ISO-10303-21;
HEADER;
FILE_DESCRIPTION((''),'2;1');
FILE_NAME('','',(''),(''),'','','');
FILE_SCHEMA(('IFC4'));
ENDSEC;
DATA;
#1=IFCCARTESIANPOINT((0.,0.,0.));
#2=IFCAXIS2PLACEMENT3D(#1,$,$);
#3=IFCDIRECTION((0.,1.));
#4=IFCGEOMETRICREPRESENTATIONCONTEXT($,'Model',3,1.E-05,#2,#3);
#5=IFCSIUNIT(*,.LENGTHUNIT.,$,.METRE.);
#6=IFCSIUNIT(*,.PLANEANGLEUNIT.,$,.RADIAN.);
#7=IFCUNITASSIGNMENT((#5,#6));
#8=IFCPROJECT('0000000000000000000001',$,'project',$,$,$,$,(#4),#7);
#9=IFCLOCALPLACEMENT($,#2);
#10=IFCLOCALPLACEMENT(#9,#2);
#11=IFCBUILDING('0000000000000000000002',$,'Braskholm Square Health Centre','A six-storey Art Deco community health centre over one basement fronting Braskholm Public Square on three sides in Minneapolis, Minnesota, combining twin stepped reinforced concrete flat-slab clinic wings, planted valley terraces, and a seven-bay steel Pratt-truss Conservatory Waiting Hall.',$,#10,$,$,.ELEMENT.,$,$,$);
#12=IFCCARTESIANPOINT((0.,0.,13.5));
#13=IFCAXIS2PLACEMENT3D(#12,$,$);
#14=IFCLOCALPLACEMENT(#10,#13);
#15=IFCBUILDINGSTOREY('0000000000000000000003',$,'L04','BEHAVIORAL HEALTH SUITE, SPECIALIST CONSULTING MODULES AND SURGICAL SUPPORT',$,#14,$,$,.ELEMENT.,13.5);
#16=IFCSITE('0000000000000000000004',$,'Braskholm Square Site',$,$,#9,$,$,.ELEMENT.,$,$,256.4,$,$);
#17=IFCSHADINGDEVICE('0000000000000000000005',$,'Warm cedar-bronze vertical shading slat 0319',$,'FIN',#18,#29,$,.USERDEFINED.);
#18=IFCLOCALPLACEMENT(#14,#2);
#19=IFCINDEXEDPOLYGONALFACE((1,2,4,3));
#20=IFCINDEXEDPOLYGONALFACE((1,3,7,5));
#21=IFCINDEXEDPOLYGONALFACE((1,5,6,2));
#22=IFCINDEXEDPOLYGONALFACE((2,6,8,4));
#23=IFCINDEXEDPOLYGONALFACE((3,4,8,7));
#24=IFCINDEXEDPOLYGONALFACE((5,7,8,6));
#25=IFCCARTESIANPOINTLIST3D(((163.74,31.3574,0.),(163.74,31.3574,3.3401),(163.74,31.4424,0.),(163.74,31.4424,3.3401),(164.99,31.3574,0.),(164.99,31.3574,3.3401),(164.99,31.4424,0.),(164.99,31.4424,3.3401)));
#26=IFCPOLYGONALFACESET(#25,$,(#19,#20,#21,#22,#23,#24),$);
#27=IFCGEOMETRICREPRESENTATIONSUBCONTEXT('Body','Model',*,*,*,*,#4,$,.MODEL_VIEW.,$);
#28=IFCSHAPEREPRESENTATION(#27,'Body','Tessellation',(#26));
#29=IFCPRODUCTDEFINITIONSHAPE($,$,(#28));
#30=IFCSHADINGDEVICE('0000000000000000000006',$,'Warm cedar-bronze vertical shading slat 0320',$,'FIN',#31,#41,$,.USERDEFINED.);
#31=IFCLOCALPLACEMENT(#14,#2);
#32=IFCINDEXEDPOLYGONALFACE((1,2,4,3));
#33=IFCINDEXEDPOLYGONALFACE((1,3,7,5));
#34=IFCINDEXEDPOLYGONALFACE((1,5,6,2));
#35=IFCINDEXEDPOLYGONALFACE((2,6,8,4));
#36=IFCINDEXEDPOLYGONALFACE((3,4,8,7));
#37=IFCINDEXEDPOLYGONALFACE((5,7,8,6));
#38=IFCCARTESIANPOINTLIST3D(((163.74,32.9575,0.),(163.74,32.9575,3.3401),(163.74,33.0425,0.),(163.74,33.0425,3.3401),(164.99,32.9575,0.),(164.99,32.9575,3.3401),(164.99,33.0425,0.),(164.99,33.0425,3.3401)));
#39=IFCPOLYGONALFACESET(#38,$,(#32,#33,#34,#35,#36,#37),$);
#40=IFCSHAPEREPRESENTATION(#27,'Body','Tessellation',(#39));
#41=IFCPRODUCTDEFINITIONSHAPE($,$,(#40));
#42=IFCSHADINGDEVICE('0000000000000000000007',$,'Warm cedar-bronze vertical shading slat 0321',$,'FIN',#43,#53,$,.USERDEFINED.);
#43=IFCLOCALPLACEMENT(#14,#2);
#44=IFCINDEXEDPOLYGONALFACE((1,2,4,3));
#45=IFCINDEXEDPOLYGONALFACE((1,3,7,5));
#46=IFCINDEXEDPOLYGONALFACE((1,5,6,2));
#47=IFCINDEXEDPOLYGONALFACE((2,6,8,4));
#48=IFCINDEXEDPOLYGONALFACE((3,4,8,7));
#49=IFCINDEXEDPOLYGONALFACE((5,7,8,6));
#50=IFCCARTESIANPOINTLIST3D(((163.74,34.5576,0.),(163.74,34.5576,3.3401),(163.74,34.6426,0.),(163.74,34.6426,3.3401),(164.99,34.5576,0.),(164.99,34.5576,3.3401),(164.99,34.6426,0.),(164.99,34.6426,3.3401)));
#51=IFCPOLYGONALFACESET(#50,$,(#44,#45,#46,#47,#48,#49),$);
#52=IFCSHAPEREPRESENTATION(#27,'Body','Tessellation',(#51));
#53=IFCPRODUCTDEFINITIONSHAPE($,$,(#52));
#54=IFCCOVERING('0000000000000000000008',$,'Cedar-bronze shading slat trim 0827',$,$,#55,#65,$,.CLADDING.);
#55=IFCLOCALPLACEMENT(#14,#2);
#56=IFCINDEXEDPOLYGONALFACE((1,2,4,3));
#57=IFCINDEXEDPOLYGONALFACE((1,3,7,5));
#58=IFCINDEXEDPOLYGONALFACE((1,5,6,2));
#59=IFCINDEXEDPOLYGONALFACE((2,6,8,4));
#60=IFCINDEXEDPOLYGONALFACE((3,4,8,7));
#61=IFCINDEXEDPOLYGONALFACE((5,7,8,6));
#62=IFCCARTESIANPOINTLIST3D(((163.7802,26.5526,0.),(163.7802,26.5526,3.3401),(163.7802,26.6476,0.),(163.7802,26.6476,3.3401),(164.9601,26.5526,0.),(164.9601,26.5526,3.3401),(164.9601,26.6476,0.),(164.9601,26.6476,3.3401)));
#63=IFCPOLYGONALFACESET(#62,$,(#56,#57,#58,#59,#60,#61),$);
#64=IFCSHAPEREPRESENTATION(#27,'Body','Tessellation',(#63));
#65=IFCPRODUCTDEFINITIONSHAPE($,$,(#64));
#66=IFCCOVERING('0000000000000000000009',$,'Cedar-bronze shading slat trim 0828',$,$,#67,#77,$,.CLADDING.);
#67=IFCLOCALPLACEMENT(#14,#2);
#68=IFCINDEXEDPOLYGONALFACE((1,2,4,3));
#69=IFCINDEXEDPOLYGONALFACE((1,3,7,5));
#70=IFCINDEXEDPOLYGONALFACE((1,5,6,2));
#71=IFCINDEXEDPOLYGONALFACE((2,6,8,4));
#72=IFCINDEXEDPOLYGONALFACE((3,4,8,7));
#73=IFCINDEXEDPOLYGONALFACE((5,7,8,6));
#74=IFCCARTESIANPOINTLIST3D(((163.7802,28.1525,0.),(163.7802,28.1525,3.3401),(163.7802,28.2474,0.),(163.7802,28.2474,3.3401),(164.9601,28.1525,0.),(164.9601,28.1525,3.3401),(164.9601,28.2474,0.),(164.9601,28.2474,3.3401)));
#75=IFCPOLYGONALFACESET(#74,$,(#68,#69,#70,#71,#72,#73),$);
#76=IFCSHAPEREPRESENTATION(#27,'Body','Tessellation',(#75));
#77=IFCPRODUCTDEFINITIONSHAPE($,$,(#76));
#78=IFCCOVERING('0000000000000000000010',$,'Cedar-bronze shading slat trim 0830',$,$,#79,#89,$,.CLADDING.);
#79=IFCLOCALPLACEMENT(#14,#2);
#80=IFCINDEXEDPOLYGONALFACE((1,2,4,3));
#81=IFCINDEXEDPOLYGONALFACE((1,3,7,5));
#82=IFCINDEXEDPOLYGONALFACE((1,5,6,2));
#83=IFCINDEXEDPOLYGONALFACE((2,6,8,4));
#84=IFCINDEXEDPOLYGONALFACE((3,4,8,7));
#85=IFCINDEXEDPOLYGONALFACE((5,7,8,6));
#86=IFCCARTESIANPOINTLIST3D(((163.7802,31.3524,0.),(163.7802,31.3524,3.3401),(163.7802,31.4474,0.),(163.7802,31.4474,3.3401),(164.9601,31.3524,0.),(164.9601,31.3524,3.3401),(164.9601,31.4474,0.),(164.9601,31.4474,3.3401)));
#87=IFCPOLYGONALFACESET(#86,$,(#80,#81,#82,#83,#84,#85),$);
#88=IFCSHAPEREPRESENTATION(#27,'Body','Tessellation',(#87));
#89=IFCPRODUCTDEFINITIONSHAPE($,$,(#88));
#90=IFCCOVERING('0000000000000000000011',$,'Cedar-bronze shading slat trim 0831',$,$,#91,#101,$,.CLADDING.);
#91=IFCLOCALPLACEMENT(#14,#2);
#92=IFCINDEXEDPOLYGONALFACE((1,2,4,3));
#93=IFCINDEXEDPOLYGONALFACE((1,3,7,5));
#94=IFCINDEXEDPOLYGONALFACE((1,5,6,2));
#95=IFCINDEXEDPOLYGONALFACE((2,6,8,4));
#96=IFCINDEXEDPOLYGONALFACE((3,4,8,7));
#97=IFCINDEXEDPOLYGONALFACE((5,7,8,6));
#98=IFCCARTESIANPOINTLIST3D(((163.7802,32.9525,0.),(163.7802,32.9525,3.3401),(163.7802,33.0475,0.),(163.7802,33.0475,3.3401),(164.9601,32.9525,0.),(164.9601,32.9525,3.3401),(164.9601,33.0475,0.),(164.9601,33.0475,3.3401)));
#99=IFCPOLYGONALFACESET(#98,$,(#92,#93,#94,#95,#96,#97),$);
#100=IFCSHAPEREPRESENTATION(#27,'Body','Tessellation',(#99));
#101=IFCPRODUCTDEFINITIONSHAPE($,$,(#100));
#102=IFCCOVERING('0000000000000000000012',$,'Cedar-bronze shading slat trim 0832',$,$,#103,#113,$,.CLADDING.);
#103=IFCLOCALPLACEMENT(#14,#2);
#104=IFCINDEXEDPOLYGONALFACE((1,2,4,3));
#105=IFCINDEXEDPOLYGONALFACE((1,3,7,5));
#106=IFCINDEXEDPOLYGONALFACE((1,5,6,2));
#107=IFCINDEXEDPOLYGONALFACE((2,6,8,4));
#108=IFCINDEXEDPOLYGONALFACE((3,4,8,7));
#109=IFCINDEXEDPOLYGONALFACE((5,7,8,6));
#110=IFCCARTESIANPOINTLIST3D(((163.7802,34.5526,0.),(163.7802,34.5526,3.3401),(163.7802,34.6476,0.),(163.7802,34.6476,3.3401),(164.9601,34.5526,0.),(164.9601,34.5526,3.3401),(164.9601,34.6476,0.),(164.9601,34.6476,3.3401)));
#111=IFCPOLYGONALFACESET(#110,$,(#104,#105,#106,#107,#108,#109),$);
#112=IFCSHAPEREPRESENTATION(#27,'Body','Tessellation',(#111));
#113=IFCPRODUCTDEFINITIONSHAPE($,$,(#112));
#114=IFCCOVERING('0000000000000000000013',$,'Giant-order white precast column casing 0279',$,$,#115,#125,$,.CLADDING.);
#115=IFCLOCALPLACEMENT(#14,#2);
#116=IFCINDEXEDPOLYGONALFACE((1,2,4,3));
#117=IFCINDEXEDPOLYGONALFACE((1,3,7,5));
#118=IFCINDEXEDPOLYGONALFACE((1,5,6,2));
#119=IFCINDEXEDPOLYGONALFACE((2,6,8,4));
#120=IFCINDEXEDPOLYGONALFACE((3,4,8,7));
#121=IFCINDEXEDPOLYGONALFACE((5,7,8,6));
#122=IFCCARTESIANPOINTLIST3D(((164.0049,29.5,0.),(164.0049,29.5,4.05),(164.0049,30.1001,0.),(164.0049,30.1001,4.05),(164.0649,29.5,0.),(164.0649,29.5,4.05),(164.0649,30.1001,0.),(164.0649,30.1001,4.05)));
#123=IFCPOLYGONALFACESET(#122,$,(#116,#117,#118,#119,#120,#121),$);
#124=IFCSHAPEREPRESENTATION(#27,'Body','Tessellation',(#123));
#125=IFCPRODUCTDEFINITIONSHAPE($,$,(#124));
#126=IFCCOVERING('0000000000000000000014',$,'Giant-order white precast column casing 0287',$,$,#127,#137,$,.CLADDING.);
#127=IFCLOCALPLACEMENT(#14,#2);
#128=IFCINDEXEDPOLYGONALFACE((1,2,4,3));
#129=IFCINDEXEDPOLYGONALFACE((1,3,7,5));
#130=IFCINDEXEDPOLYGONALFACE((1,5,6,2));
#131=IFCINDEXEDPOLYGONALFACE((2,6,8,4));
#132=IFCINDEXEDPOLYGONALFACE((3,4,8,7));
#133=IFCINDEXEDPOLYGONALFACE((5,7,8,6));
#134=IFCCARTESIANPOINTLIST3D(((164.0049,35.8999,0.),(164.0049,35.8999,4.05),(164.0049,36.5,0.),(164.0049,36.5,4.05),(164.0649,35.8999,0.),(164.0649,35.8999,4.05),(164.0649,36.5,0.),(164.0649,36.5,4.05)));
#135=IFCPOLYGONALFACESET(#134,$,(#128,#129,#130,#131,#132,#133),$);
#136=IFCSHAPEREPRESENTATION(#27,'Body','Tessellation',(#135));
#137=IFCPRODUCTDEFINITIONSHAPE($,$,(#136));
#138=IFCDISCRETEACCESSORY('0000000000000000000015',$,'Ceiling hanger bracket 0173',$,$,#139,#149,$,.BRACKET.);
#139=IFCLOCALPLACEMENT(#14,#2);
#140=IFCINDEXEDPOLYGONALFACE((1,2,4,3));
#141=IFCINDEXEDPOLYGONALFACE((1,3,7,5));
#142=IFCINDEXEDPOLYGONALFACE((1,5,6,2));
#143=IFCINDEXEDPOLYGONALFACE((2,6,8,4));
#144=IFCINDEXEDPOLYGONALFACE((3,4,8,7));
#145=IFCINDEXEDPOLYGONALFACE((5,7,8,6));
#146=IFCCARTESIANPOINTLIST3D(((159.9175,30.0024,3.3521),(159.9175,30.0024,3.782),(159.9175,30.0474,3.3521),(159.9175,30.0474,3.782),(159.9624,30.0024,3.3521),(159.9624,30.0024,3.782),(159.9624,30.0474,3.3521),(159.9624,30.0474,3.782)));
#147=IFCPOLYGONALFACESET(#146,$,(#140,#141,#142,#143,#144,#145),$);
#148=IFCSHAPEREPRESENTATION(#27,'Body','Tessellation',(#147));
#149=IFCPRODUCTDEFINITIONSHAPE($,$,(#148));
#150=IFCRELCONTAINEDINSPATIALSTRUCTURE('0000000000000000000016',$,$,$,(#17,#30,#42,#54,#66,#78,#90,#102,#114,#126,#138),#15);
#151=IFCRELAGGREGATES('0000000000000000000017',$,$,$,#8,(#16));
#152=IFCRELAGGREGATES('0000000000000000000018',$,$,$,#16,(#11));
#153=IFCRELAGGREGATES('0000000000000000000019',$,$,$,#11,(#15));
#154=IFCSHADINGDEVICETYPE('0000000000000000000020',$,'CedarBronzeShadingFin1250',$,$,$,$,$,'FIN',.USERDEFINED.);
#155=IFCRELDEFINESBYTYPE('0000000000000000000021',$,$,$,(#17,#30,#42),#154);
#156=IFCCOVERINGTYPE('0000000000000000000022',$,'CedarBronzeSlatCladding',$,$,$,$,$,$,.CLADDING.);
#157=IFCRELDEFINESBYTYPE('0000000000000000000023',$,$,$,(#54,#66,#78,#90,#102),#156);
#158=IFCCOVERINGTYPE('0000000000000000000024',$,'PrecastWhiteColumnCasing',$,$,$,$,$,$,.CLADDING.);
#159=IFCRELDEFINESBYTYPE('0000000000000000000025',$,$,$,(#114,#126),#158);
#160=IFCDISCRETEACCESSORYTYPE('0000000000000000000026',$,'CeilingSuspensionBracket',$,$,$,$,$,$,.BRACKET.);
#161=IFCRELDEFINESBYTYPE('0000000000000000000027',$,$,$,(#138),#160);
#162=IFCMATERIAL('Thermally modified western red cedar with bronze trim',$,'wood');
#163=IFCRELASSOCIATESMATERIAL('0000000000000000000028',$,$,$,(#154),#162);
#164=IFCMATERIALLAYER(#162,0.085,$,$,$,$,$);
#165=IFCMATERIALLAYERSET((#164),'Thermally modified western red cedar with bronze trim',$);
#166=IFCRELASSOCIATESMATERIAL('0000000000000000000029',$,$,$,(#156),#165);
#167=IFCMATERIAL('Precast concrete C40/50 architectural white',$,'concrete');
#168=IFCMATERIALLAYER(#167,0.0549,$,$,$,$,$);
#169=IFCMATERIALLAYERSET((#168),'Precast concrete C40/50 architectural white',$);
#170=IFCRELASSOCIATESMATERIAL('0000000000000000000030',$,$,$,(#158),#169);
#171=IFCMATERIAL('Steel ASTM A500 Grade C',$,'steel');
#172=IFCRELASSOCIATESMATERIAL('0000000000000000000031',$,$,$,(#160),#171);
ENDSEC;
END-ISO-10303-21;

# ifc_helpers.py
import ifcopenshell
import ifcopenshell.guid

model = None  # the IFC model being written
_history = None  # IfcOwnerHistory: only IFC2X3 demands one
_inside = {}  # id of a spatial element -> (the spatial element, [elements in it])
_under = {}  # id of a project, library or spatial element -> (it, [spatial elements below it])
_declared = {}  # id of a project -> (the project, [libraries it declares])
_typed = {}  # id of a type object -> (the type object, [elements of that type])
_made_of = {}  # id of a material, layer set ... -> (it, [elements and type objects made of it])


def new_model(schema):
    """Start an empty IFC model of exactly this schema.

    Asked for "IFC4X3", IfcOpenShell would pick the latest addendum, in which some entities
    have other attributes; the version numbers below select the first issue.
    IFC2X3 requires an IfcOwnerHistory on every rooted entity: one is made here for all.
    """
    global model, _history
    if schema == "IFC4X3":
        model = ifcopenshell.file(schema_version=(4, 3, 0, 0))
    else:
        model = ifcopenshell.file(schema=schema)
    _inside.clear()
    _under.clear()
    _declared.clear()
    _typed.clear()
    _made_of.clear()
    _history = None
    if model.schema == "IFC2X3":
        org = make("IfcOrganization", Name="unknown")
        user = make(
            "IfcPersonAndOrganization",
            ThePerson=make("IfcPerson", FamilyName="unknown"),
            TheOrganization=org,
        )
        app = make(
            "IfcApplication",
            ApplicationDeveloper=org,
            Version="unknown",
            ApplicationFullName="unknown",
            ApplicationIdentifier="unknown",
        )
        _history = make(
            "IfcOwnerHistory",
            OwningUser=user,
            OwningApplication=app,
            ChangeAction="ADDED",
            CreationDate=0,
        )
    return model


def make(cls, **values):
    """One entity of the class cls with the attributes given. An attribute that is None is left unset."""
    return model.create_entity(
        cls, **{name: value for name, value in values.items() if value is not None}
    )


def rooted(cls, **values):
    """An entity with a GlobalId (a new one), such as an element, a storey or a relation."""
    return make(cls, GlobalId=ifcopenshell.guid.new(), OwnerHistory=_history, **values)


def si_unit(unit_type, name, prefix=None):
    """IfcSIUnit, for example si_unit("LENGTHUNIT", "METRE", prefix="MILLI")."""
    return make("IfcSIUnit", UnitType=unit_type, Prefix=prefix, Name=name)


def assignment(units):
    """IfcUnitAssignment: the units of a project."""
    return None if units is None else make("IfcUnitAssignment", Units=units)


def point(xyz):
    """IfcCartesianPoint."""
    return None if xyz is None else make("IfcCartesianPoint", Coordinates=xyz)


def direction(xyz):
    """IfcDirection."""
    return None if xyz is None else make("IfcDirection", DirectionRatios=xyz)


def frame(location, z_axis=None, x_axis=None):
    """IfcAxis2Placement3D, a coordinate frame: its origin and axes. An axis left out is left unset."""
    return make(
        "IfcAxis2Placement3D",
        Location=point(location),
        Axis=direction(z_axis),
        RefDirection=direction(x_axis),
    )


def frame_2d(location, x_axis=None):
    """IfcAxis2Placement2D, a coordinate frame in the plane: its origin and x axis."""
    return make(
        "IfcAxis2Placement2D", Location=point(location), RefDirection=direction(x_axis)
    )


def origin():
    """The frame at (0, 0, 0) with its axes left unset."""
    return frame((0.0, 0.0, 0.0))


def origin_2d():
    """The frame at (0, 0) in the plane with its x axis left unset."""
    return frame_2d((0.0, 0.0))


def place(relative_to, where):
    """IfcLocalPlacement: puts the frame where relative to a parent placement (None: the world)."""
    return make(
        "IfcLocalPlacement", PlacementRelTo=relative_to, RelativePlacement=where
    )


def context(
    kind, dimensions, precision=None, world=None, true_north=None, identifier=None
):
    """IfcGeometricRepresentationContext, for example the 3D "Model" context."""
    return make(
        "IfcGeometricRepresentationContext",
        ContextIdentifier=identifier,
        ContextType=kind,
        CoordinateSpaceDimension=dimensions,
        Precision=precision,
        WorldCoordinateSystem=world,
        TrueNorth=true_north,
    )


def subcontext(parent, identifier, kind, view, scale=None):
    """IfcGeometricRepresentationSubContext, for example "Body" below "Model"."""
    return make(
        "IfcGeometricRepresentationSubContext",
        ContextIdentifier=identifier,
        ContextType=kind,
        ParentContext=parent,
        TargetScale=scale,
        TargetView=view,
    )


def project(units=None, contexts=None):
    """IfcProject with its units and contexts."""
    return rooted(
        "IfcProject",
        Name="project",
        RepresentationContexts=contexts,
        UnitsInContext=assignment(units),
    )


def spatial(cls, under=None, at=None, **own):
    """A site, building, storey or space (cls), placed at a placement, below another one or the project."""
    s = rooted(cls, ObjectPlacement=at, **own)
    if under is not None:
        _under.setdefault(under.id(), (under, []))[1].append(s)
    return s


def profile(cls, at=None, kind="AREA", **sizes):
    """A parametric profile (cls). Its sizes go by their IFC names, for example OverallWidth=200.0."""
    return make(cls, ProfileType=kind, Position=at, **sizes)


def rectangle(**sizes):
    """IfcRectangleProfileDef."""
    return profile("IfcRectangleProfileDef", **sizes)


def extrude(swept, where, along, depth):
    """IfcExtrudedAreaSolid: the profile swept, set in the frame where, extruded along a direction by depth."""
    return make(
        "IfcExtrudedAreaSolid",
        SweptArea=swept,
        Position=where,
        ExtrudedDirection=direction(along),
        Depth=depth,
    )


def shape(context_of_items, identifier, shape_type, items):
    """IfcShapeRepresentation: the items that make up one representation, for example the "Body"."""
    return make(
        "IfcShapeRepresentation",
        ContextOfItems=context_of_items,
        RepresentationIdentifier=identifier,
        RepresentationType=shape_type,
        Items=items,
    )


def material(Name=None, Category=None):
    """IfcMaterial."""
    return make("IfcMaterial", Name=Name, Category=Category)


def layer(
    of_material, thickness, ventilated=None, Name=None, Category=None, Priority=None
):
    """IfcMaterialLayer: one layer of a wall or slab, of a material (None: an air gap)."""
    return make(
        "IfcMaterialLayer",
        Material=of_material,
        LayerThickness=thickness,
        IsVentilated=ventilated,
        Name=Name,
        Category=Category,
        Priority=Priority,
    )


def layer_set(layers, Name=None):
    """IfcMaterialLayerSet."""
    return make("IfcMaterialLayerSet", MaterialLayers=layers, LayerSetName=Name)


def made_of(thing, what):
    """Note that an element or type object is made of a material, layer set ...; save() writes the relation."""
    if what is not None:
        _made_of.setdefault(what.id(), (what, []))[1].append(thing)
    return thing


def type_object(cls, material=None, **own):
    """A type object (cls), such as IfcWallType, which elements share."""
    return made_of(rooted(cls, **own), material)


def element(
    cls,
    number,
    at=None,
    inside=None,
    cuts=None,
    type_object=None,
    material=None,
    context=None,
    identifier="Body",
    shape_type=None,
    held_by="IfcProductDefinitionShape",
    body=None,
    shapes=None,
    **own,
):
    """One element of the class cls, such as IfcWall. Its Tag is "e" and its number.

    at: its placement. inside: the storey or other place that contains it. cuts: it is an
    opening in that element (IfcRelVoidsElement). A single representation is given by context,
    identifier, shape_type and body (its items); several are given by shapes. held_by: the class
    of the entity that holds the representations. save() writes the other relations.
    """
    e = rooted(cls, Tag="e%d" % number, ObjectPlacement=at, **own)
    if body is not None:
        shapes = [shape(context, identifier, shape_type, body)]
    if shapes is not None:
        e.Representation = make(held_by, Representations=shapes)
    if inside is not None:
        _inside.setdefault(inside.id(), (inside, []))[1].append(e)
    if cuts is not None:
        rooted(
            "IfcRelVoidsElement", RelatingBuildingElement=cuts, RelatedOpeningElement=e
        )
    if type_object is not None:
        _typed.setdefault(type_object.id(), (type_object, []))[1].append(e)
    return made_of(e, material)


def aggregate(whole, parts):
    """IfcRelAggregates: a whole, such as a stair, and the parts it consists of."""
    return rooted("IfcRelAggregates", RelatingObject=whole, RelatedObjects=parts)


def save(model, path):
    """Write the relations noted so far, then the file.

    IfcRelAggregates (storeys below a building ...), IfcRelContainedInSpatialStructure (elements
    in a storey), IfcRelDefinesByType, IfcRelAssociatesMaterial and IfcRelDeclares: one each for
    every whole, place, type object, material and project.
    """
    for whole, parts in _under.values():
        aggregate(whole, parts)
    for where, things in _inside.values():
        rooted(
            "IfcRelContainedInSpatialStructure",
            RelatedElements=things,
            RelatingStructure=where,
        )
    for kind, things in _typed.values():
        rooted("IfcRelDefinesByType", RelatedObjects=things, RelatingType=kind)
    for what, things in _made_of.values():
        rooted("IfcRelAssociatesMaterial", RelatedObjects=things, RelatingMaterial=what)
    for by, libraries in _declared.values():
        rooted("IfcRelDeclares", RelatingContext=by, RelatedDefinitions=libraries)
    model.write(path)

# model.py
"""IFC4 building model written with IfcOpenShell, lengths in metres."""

from ifc_helpers import new_model, si_unit, direction, frame, origin, origin_2d, place, context, subcontext, project, spatial, rectangle, extrude, material, layer, layer_set, type_object, element, save


model = new_model("IFC4")

# Units and contexts
model_context = context("Model", 3, precision=1e-05, world=origin(), true_north=direction((0.0, 1.0)))
body_context = subcontext(model_context, "Body", "Model", "MODEL_VIEW")
ifc_project = project(units=[si_unit("LENGTHUNIT", "METRE"), si_unit("PLANEANGLEUNIT", "RADIAN")], contexts=[model_context])

# Site, building, storey
site_placement = place(None, origin())
site = spatial("IfcSite", under=ifc_project, at=site_placement, Name="Braskholm Square Site", CompositionType="ELEMENT", RefElevation=256.4)
building_placement = place(site_placement, origin())
building = spatial("IfcBuilding", under=site, at=building_placement, Name="Braskholm Square Health Centre", Description="A six-storey Art Deco community health centre over one basement fronting Braskholm Public Square on three sides in Minneapolis, Minnesota, combining twin stepped reinforced concrete flat-slab clinic wings, planted valley terraces, and a seven-bay steel Pratt-truss Conservatory Waiting Hall.", CompositionType="ELEMENT")
storey_placement = place(building_placement, frame((0.0, 0.0, 13.5)))
storey = spatial("IfcBuildingStorey", under=building, at=storey_placement, Name="L04", Description="BEHAVIORAL HEALTH SUITE, SPECIALIST CONSULTING MODULES AND SURGICAL SUPPORT", CompositionType="ELEMENT", Elevation=13.5)

# Shared definitions
ifc_material_1 = material(Name="Precast concrete C40/50 architectural white", Category="concrete")

# Shading devices
ifc_material_2 = material(Name="Thermally modified western red cedar with bronze trim", Category="wood")
shading_device_type = type_object("IfcShadingDeviceType", Name="CedarBronzeShadingFin1250", ElementType="FIN", PredefinedType="USERDEFINED", material=ifc_material_2)
for number, where, z_axis, x_axis, name in (
    (1, (164.365, 31.3999, 0.0), (0.0, 0.0, 1.0), (1.0, 0.0, 0.0), "Warm cedar-bronze vertical shading slat 0319"),
    (2, (164.365, 33.0, 0.0), (0.0, 0.0, 1.0), (1.0, 0.0, 0.0), "Warm cedar-bronze vertical shading slat 0320"),
    (3, (164.365, 34.6001, 0.0), (0.0, 0.0, 1.0), (1.0, 0.0, 0.0), "Warm cedar-bronze vertical shading slat 0321"),
):
    element("IfcShadingDevice", number, at=place(storey_placement, frame(where, z_axis=z_axis, x_axis=x_axis)), inside=storey, type_object=shading_device_type, Name=name, ObjectType="FIN", PredefinedType="USERDEFINED", context=body_context, shape_type="SweptSolid", body=[
        extrude(rectangle(XDim=1.25, YDim=0.085, at=origin_2d()), origin(), (0.0, 0.0, 1.0), 3.3401),
    ])

# Coverings
ifc_layer_1 = layer(ifc_material_2, 0.085)
ifc_layer_set_1 = layer_set([ifc_layer_1], Name="Thermally modified western red cedar with bronze trim")
covering_type_1 = type_object("IfcCoveringType", Name="CedarBronzeSlatCladding", PredefinedType="CLADDING", material=ifc_layer_set_1)
for number, where, z_axis, x_axis, name in (
    (4, (164.3701, 26.6001, 0.0), (0.0, 0.0, 1.0), (1.0, 0.0, 0.0), "Cedar-bronze shading slat trim 0827"),
    (5, (164.3701, 28.2, 0.0), (0.0, 0.0, 1.0), (1.0, 0.0, 0.0), "Cedar-bronze shading slat trim 0828"),
    (6, (164.3701, 31.3999, 0.0), (0.0, 0.0, 1.0), (1.0, 0.0, 0.0), "Cedar-bronze shading slat trim 0830"),
    (7, (164.3701, 33.0, 0.0), (0.0, 0.0, 1.0), (1.0, 0.0, 0.0), "Cedar-bronze shading slat trim 0831"),
    (8, (164.3701, 34.6001, 0.0), (0.0, 0.0, 1.0), (1.0, 0.0, 0.0), "Cedar-bronze shading slat trim 0832"),
):
    element("IfcCovering", number, at=place(storey_placement, frame(where, z_axis=z_axis, x_axis=x_axis)), inside=storey, type_object=covering_type_1, Name=name, PredefinedType="CLADDING", context=body_context, shape_type="SweptSolid", body=[
        extrude(rectangle(XDim=1.1799, YDim=0.095, at=origin_2d()), origin(), (0.0, 0.0, 1.0), 3.3401),
    ])
ifc_layer_2 = layer(ifc_material_1, 0.0549)
ifc_layer_set_2 = layer_set([ifc_layer_2], Name="Precast concrete C40/50 architectural white")
covering_type_2 = type_object("IfcCoveringType", Name="PrecastWhiteColumnCasing", PredefinedType="CLADDING", material=ifc_layer_set_2)
for number, where, z_axis, x_axis, name in (
    (9, (164.0349, 29.8, 0.0), (0.0, 0.0, 1.0), (1.0, 0.0, 0.0), "Giant-order white precast column casing 0279"),
    (10, (164.0349, 36.2, 0.0), (0.0, 0.0, 1.0), (1.0, 0.0, 0.0), "Giant-order white precast column casing 0287"),
):
    element("IfcCovering", number, at=place(storey_placement, frame(where, z_axis=z_axis, x_axis=x_axis)), inside=storey, type_object=covering_type_2, Name=name, PredefinedType="CLADDING", context=body_context, shape_type="SweptSolid", body=[
        extrude(rectangle(XDim=0.0601, YDim=0.6001, at=origin_2d()), origin(), (0.0, 0.0, 1.0), 4.05),
    ])

# Discrete accessory
ifc_material_3 = material(Name="Steel ASTM A500 Grade C", Category="steel")
discrete_accessory_type = type_object("IfcDiscreteAccessoryType", Name="CeilingSuspensionBracket", PredefinedType="BRACKET", material=ifc_material_3)
discrete_accessory_placement = place(storey_placement, frame((159.9399, 30.0249, 3.3521), z_axis=(0.0, 0.0, 1.0), x_axis=(1.0, 0.0, 0.0)))
element("IfcDiscreteAccessory", 11, at=discrete_accessory_placement, inside=storey, type_object=discrete_accessory_type, Name="Ceiling hanger bracket 0173", PredefinedType="BRACKET", context=body_context, shape_type="SweptSolid", body=[
    extrude(rectangle(XDim=0.0449, YDim=0.0449, at=origin_2d()), origin(), (0.0, 0.0, 1.0), 0.4299),
])

save(model, "model.ifc")
